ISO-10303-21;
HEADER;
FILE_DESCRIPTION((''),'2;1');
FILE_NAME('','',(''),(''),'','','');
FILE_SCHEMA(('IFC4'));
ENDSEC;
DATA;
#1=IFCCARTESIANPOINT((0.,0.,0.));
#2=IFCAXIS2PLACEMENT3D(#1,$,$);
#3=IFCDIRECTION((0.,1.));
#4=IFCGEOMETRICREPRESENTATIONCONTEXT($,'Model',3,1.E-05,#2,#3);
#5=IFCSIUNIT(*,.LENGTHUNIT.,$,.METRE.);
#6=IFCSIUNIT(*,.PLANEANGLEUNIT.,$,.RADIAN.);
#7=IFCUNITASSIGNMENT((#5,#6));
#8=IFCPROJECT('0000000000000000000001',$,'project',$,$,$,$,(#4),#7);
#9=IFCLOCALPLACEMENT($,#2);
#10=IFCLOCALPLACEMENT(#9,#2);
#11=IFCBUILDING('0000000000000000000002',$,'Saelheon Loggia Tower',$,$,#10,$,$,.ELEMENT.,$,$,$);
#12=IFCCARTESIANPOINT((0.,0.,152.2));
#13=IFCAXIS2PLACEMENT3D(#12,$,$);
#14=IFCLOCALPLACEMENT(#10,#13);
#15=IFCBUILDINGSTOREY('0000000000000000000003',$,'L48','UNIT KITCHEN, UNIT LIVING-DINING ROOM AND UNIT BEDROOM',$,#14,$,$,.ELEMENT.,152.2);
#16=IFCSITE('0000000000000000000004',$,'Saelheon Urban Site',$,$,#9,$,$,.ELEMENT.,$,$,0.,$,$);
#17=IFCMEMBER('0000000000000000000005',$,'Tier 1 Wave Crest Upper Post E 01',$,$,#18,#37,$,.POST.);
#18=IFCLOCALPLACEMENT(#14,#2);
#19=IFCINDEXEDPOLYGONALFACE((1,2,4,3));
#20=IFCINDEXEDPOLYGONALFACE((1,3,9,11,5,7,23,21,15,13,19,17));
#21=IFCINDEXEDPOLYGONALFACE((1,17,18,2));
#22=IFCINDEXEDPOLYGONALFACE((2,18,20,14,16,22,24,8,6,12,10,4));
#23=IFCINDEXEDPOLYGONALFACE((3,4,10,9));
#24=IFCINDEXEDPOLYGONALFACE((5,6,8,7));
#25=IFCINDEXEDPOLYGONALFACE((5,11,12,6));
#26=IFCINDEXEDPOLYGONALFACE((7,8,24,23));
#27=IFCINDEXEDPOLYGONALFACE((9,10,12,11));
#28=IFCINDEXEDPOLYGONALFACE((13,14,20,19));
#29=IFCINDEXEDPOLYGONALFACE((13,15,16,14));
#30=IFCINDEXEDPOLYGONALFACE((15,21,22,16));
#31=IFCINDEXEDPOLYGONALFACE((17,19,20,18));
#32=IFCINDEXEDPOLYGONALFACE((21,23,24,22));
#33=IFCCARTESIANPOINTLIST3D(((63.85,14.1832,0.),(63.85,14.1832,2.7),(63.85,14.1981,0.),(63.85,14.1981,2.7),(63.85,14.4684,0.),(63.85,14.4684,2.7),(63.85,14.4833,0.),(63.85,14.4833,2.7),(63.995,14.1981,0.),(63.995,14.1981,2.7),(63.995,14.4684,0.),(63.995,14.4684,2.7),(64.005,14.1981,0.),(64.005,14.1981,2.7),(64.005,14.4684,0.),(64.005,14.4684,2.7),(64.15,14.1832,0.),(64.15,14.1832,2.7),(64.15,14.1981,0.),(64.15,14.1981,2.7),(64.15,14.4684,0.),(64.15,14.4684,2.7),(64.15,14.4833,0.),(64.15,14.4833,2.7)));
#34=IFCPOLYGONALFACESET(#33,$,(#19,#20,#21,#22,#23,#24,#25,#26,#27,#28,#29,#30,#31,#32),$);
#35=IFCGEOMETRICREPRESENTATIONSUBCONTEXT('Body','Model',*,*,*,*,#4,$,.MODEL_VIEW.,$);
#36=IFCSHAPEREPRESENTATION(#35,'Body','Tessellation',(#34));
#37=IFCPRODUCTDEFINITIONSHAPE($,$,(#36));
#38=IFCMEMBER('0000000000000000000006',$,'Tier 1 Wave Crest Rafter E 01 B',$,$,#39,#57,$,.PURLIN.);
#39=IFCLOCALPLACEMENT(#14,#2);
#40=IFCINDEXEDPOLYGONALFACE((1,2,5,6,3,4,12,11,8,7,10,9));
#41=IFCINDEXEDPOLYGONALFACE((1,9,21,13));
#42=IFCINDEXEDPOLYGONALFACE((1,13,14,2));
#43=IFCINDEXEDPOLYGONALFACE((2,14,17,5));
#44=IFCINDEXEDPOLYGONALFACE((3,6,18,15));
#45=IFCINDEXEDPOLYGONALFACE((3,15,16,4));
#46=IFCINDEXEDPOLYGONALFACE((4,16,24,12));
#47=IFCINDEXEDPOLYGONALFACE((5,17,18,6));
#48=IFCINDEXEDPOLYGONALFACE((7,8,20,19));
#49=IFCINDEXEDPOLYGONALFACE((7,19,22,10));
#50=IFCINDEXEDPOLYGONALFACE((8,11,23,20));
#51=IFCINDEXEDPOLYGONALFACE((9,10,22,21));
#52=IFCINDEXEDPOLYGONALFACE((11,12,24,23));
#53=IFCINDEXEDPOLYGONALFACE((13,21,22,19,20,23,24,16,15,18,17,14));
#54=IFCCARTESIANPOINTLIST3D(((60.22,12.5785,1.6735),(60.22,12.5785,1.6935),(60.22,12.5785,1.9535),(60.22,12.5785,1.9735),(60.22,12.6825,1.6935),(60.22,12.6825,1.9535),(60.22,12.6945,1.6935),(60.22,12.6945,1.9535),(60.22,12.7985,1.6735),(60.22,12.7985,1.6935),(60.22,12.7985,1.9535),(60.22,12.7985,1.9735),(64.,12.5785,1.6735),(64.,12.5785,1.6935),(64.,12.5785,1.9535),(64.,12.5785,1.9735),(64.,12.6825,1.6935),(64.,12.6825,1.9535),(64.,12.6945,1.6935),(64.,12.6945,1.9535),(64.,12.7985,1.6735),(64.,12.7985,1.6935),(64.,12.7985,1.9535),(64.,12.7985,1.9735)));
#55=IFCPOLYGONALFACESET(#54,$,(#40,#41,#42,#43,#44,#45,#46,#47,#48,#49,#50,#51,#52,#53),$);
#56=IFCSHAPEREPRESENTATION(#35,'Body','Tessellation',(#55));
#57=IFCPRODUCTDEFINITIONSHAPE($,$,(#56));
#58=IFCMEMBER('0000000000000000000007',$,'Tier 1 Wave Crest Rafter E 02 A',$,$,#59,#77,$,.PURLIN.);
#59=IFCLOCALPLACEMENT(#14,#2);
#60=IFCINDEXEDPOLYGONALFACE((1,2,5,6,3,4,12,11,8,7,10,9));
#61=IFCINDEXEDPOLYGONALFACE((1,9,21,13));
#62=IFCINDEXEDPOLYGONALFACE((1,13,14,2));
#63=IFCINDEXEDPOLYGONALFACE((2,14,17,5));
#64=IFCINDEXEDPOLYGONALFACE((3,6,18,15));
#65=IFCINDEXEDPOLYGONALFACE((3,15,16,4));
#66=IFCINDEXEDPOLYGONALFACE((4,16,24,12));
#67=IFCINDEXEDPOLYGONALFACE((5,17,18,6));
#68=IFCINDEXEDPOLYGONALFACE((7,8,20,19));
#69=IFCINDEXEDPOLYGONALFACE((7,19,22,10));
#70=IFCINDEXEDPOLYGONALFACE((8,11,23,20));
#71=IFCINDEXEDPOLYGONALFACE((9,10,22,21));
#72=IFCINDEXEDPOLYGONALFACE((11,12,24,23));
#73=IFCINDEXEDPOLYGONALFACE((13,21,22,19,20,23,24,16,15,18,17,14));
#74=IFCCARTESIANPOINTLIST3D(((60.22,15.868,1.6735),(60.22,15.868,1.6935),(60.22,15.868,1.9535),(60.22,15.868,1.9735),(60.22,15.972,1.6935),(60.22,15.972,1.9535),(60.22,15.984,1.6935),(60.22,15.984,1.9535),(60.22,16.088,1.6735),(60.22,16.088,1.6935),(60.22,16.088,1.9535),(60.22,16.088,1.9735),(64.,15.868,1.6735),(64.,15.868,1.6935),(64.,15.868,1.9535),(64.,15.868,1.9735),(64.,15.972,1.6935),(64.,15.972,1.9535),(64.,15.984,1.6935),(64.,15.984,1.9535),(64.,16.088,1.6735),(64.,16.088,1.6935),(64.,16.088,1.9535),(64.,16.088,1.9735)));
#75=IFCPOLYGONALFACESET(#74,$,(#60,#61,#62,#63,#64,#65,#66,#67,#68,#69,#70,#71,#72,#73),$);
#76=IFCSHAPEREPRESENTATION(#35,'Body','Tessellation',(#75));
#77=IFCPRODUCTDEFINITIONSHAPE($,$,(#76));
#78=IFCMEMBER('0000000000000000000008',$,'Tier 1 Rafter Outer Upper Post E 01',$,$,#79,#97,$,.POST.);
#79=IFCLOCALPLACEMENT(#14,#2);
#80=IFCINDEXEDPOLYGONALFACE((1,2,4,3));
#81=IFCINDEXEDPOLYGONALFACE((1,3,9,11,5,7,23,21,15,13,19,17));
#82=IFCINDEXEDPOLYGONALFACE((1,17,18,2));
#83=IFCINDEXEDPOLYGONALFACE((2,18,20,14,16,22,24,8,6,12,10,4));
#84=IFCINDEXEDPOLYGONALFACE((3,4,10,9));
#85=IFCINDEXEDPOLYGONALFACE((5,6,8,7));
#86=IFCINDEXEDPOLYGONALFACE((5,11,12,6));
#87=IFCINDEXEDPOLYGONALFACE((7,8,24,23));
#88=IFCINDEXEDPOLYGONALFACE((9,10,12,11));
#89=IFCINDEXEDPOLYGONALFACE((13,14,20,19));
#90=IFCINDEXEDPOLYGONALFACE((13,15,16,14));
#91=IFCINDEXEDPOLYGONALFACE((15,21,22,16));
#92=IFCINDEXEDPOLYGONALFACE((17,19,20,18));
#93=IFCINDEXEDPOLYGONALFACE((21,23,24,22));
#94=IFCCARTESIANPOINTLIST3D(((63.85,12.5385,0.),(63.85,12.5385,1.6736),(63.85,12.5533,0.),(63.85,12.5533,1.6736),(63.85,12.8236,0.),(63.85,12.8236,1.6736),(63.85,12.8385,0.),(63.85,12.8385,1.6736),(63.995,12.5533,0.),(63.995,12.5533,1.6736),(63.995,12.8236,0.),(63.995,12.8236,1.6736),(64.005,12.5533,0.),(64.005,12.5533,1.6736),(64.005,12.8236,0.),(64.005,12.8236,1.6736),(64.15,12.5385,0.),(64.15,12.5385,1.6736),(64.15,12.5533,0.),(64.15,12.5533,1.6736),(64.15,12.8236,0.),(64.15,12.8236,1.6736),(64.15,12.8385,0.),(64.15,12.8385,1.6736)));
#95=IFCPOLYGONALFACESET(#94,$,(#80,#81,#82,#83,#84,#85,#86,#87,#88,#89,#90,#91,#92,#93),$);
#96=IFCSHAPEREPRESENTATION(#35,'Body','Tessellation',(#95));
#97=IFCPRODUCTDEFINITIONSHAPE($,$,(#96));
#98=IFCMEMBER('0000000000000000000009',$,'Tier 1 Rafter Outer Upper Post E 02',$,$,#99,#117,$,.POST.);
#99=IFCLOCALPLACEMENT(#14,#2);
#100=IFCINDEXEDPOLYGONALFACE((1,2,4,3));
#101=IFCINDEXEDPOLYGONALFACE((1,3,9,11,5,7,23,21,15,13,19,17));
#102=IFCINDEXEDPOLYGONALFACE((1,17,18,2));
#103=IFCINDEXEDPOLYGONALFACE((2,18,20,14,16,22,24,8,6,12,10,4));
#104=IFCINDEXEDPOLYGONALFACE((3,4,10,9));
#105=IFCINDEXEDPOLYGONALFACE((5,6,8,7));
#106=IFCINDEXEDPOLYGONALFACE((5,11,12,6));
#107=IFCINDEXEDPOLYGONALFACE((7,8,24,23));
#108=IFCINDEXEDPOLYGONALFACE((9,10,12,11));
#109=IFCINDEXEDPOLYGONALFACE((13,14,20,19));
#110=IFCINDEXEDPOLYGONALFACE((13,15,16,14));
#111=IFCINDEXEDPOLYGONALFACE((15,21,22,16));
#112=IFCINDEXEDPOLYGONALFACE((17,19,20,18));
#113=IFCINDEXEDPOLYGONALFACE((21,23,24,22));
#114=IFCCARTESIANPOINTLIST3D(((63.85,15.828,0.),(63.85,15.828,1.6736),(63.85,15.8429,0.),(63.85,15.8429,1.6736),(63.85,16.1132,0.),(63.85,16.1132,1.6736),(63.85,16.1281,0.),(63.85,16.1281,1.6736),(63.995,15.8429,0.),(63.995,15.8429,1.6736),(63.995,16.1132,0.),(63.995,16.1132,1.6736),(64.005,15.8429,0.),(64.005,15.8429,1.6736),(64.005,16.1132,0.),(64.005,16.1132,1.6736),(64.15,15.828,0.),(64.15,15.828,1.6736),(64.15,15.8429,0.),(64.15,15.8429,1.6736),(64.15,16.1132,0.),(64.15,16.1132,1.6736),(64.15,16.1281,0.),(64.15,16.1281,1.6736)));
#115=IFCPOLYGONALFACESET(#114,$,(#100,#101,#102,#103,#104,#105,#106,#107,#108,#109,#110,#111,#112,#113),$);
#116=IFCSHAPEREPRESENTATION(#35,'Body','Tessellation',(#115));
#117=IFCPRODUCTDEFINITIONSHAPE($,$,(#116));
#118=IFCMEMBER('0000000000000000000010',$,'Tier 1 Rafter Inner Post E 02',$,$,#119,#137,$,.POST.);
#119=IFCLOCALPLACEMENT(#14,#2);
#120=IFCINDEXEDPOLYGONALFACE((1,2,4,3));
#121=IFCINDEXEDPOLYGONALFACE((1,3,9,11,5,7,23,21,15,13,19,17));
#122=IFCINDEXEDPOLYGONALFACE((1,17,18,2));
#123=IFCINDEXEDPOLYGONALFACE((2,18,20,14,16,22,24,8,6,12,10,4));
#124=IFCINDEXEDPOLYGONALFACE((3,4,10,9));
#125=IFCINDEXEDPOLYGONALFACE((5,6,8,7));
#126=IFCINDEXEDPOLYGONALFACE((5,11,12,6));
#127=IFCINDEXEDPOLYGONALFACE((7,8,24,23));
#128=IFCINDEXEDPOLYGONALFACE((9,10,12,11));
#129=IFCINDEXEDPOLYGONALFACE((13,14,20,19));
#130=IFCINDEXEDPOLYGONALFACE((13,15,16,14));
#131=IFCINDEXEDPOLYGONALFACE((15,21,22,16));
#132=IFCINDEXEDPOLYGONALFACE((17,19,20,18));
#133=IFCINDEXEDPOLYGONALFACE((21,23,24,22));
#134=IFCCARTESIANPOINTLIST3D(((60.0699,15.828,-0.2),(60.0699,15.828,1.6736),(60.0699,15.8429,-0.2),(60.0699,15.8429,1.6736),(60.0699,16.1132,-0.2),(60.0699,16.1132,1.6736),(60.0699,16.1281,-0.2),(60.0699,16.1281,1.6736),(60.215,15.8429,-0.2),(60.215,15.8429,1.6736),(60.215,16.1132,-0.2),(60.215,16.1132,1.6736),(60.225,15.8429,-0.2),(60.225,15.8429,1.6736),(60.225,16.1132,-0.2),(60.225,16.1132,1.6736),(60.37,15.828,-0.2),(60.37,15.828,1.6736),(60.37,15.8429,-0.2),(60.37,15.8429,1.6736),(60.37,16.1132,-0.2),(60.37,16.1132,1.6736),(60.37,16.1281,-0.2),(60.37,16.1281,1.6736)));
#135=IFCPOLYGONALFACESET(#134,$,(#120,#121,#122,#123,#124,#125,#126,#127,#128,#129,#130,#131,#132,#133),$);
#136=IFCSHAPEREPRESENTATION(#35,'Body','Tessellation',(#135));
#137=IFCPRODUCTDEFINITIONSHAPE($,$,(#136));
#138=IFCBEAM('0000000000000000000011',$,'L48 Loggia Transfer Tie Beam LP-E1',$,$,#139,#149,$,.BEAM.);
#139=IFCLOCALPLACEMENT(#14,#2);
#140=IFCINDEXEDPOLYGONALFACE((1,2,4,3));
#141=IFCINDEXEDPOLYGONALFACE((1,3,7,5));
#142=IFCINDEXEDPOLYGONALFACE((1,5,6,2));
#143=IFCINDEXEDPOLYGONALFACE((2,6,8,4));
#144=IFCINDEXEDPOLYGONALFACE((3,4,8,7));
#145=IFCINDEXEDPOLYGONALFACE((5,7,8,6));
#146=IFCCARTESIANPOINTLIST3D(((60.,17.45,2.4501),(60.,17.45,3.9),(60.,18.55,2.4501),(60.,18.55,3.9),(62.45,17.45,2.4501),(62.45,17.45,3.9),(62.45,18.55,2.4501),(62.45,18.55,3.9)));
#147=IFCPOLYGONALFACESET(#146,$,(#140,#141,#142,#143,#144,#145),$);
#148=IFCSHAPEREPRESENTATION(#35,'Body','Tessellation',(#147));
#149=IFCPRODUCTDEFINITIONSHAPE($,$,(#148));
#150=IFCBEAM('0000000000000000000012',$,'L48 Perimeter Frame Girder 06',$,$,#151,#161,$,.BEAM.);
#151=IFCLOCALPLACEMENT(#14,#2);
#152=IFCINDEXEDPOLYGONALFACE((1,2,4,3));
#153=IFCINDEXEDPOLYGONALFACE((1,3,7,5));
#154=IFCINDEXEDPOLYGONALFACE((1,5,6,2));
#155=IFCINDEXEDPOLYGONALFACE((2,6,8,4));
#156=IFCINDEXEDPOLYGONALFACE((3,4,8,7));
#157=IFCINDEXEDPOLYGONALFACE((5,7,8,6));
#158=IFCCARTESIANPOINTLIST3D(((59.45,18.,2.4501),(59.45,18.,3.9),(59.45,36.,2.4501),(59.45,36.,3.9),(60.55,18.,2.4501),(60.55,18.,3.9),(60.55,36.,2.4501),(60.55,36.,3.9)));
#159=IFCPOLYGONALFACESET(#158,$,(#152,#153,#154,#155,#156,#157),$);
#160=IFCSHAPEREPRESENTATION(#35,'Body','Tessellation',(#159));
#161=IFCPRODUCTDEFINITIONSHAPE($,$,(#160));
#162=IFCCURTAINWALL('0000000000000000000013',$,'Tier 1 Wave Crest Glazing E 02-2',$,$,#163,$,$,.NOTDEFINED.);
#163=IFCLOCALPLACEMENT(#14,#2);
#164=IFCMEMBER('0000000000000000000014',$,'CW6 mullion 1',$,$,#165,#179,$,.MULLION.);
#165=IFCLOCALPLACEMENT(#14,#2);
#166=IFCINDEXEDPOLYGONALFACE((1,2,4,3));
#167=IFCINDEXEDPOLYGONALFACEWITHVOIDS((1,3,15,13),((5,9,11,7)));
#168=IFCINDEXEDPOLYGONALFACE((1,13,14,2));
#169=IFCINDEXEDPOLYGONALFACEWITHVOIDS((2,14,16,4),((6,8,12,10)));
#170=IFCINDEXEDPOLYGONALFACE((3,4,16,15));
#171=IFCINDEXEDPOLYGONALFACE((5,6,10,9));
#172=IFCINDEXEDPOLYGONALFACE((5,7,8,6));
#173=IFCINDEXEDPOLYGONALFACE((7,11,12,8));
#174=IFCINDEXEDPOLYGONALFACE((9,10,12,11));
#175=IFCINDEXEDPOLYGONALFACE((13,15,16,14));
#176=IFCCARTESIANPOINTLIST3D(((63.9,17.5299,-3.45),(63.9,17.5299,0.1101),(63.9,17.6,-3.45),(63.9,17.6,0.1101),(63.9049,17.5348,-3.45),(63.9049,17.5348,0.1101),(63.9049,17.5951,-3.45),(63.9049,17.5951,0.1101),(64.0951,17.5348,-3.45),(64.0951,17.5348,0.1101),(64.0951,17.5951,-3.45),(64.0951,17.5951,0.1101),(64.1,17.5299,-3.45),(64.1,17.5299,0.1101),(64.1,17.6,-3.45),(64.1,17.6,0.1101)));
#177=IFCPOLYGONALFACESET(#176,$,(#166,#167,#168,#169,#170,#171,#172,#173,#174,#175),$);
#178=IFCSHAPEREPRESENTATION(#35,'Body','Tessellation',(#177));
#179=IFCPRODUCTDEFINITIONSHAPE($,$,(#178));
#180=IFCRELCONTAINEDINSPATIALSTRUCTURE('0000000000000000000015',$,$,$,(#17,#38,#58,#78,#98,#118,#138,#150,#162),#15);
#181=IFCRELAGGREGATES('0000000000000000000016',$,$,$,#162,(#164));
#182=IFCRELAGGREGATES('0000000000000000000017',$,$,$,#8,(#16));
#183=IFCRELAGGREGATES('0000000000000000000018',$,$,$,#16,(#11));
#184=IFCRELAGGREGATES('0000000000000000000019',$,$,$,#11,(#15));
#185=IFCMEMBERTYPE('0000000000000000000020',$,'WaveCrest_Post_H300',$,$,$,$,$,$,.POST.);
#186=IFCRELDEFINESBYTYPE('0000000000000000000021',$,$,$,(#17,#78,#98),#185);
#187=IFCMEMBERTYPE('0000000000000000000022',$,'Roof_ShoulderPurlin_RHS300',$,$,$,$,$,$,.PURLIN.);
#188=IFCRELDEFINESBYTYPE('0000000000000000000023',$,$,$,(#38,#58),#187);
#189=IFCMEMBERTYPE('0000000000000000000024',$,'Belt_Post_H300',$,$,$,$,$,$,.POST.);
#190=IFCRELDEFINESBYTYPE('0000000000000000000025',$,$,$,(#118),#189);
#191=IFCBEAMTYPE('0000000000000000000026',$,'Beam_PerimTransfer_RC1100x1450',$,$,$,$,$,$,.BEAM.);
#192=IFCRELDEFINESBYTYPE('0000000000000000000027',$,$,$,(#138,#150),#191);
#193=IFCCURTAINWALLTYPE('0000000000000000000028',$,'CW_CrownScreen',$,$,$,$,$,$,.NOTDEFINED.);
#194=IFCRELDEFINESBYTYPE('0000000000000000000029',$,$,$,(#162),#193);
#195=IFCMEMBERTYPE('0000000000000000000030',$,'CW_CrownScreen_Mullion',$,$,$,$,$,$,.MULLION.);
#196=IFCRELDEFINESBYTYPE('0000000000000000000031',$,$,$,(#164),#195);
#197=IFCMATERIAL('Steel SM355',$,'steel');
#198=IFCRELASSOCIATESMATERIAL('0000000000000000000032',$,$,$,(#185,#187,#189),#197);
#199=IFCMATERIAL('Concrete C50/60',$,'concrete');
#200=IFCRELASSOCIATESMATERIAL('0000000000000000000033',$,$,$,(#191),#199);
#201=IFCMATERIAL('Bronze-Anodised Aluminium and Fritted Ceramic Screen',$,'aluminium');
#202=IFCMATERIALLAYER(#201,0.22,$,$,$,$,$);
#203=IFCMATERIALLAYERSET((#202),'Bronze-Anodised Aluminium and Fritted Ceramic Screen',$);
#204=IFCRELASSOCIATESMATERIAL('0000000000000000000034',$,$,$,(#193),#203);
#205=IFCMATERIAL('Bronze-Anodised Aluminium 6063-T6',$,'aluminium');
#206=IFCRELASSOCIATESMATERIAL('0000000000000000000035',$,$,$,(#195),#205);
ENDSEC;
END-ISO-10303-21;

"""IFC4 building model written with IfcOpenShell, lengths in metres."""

from ifc_helpers import new_model, si_unit, direction, frame, origin, origin_2d, place, context, subcontext, project, spatial, rectangle, hollow_rectangle, i_section, extrude, source, transform, mapped, material, layer, layer_set, material_profile, profile_set, type_object, element, aggregate, save


model = new_model("IFC4")

# Units and contexts
model_context = context("Model", 3, precision=1e-05, world=origin(), true_north=direction((0.0, 1.0)))
body_context = subcontext(model_context, "Body", "Model", "MODEL_VIEW")
ifc_project = project(units=[si_unit("LENGTHUNIT", "METRE"), si_unit("PLANEANGLEUNIT", "RADIAN")], contexts=[model_context])

# Site, building, storey
site_placement = place(None, origin())
site = spatial("IfcSite", under=ifc_project, at=site_placement, Name="Saelheon Urban Site", CompositionType="ELEMENT", RefElevation=0.0)
building_placement = place(site_placement, origin())
building = spatial("IfcBuilding", under=site, at=building_placement, Name="Saelheon Loggia Tower", CompositionType="ELEMENT")
storey_placement = place(building_placement, frame((0.0, 0.0, 152.2)))
storey = spatial("IfcBuildingStorey", under=building, at=storey_placement, Name="L48", Description="UNIT KITCHEN, UNIT LIVING-DINING ROOM AND UNIT BEDROOM", CompositionType="ELEMENT", Elevation=152.2)

# Members
ifc_material_1 = material(Name="Steel SM355", Category="steel")
ifc_material_profile_1 = material_profile(ifc_material_1, i_section(OverallWidth=0.3, OverallDepth=0.3, WebThickness=0.01, FlangeThickness=0.0149, at=origin_2d()), Name="H-300x300x10x15")
ifc_profile_set_1 = profile_set([ifc_material_profile_1], Name="Steel SM355")
member_type_1 = type_object("IfcMemberType", Name="WaveCrest_Post_H300", PredefinedType="POST", material=ifc_profile_set_1)
shared_shape_1 = source(origin(), body_context, "Body", "SweptSolid", [
    extrude(i_section(OverallWidth=0.3, OverallDepth=0.3, WebThickness=0.01, FlangeThickness=0.0149, at=origin_2d()), origin(), (0.0, 0.0, 1.0), 2.7),
])
member_1_placement = place(storey_placement, frame((64.0, 14.3333, 0.0), z_axis=(0.0, 0.0, 1.0), x_axis=(1.0, 0.0, 0.0)))
element("IfcMember", 1, at=member_1_placement, inside=storey, type_object=member_type_1, Name="Tier 1 Wave Crest Upper Post E 01", PredefinedType="POST", context=body_context, shape_type="MappedRepresentation", body=[
    mapped(shared_shape_1, transform((0.0, 0.0, 0.0), scale=1.0)),
])
ifc_material_profile_2 = material_profile(ifc_material_1, i_section(OverallWidth=0.22, OverallDepth=0.3, WebThickness=0.012, FlangeThickness=0.02, at=origin_2d()), Name="H-300x220x12x20")
ifc_profile_set_2 = profile_set([ifc_material_profile_2], Name="Steel SM355")
member_type_2 = type_object("IfcMemberType", Name="Roof_ShoulderPurlin_RHS300", PredefinedType="PURLIN", material=ifc_profile_set_2)
shared_shape_2 = source(origin(), body_context, "Body", "SweptSolid", [
    extrude(i_section(OverallWidth=0.22, OverallDepth=0.3, WebThickness=0.012, FlangeThickness=0.02, at=origin_2d()), origin(), (0.0, 0.0, 1.0), 3.78),
])
for number, where, z_axis, x_axis, name in (
    (2, (64.0, 12.6885, 1.8235), (-1.0, 0.0, 0.0), (0.0, -1.0, 0.0), "Tier 1 Wave Crest Rafter E 01 B"),
    (3, (64.0, 15.978, 1.8235), (-1.0, 0.0, 0.0), (0.0, -1.0, 0.0), "Tier 1 Wave Crest Rafter E 02 A"),
):
    element("IfcMember", number, at=place(storey_placement, frame(where, z_axis=z_axis, x_axis=x_axis)), inside=storey, type_object=member_type_2, Name=name, PredefinedType="PURLIN", context=body_context, shape_type="MappedRepresentation", body=[
        mapped(shared_shape_2, transform((0.0, 0.0, 0.0), scale=1.0)),
    ])
shared_shape_3 = source(origin(), body_context, "Body", "SweptSolid", [
    extrude(i_section(OverallWidth=0.3, OverallDepth=0.3, WebThickness=0.01, FlangeThickness=0.0149, at=origin_2d()), origin(), (0.0, 0.0, 1.0), 1.6736),
])
for number, where, z_axis, x_axis, name in (
    (4, (64.0, 12.6885, 0.0), (0.0, 0.0, 1.0), (1.0, 0.0, 0.0), "Tier 1 Rafter Outer Upper Post E 01"),
    (5, (64.0, 15.978, 0.0), (0.0, 0.0, 1.0), (1.0, 0.0, 0.0), "Tier 1 Rafter Outer Upper Post E 02"),
):
    element("IfcMember", number, at=place(storey_placement, frame(where, z_axis=z_axis, x_axis=x_axis)), inside=storey, type_object=member_type_1, Name=name, PredefinedType="POST", context=body_context, shape_type="MappedRepresentation", body=[
        mapped(shared_shape_3, transform((0.0, 0.0, 0.0), scale=1.0)),
    ])
ifc_material_profile_3 = material_profile(ifc_material_1, i_section(OverallWidth=0.3, OverallDepth=0.3, WebThickness=0.01, FlangeThickness=0.0149, at=origin_2d()), Name="H-300x300x10x15")
ifc_profile_set_3 = profile_set([ifc_material_profile_3], Name="Steel SM355")
member_type_3 = type_object("IfcMemberType", Name="Belt_Post_H300", PredefinedType="POST", material=ifc_profile_set_3)
shared_shape_4 = source(origin(), body_context, "Body", "SweptSolid", [
    extrude(i_section(OverallWidth=0.3, OverallDepth=0.3, WebThickness=0.01, FlangeThickness=0.0149, at=origin_2d()), origin(), (0.0, 0.0, 1.0), 1.8735),
])
member_2_placement = place(storey_placement, frame((60.22, 15.978, -0.2), z_axis=(0.0, 0.0, 1.0), x_axis=(1.0, 0.0, 0.0)))
element("IfcMember", 6, at=member_2_placement, inside=storey, type_object=member_type_3, Name="Tier 1 Rafter Inner Post E 02", PredefinedType="POST", context=body_context, shape_type="MappedRepresentation", body=[
    mapped(shared_shape_4, transform((0.0, 0.0, 0.0), scale=1.0)),
])

# Beams
ifc_material_2 = material(Name="Concrete C50/60", Category="concrete")
ifc_material_profile_4 = material_profile(ifc_material_2, rectangle(XDim=1.1001, YDim=1.45, at=origin_2d()), Name="RC-1100x1450")
ifc_profile_set_4 = profile_set([ifc_material_profile_4], Name="Concrete C50/60")
beam_type = type_object("IfcBeamType", Name="Beam_PerimTransfer_RC1100x1450", PredefinedType="BEAM", material=ifc_profile_set_4)
shared_shape_5 = source(origin(), body_context, "Body", "SweptSolid", [
    extrude(rectangle(XDim=1.1001, YDim=1.45, at=origin_2d()), origin(), (0.0, 0.0, 1.0), 2.45),
])
beam_1_placement = place(storey_placement, frame((60.0, 18.0, 3.175), z_axis=(1.0, 0.0, 0.0), x_axis=(0.0, 1.0, 0.0)))
element("IfcBeam", 7, at=beam_1_placement, inside=storey, type_object=beam_type, Name="L48 Loggia Transfer Tie Beam LP-E1", PredefinedType="BEAM", context=body_context, shape_type="MappedRepresentation", body=[
    mapped(shared_shape_5, transform((0.0, 0.0, 0.0), scale=1.0)),
])
shared_shape_6 = source(origin(), body_context, "Body", "SweptSolid", [
    extrude(rectangle(XDim=1.1001, YDim=1.45, at=origin_2d()), origin(), (0.0, 0.0, 1.0), 18.0),
])
beam_2_placement = place(storey_placement, frame((60.0, 18.0, 3.175), z_axis=(0.0, 1.0, 0.0), x_axis=(-1.0, 0.0, 0.0)))
element("IfcBeam", 8, at=beam_2_placement, inside=storey, type_object=beam_type, Name="L48 Perimeter Frame Girder 06", PredefinedType="BEAM", context=body_context, shape_type="MappedRepresentation", body=[
    mapped(shared_shape_6, transform((0.0, 0.0, 0.0), scale=1.0)),
])

# Curtain wall, member
ifc_material_3 = material(Name="Bronze-Anodised Aluminium and Fritted Ceramic Screen", Category="aluminium")
ifc_layer_1 = layer(ifc_material_3, 0.22)
ifc_layer_set_1 = layer_set([ifc_layer_1], Name="Bronze-Anodised Aluminium and Fritted Ceramic Screen")
curtain_wall_type = type_object("IfcCurtainWallType", Name="CW_CrownScreen", PredefinedType="NOTDEFINED", material=ifc_layer_set_1)
curtain_wall_1_placement = place(storey_placement, origin())
curtain_wall_1 = element("IfcCurtainWall", 9, at=curtain_wall_1_placement, inside=storey, type_object=curtain_wall_type, Name="Tier 1 Wave Crest Glazing E 02-2", PredefinedType="NOTDEFINED")
ifc_material_4 = material(Name="Bronze-Anodised Aluminium 6063-T6", Category="aluminium")
ifc_material_profile_5 = material_profile(ifc_material_4, hollow_rectangle(XDim=0.0701, YDim=0.2, WallThickness=0.0049, at=origin_2d()), Name="RHS-200x70x5")
ifc_profile_set_5 = profile_set([ifc_material_profile_5], Name="Bronze-Anodised Aluminium 6063-T6")
member_type_4 = type_object("IfcMemberType", Name="CW_CrownScreen_Mullion", PredefinedType="MULLION", material=ifc_profile_set_5)
shared_shape_7 = source(origin(), body_context, "Body", "SweptSolid", [
    extrude(hollow_rectangle(XDim=0.0701, YDim=0.2, WallThickness=0.0049, at=origin_2d()), origin(), (0.0, 0.0, 1.0), 3.5601),
])
member_3_placement = place(storey_placement, frame((64.0, 17.5649, -3.45), z_axis=(0.0, 0.0, 1.0), x_axis=(0.0, 1.0, 0.0)))
member_3 = element("IfcMember", 10, at=member_3_placement, type_object=member_type_4, Name="CW6 mullion 1", PredefinedType="MULLION", context=body_context, shape_type="MappedRepresentation", body=[
    mapped(shared_shape_7, transform((0.0, 0.0, 0.0), scale=1.0)),
])

aggregate(curtain_wall_1, [member_3])

save(model, "model.ifc")
